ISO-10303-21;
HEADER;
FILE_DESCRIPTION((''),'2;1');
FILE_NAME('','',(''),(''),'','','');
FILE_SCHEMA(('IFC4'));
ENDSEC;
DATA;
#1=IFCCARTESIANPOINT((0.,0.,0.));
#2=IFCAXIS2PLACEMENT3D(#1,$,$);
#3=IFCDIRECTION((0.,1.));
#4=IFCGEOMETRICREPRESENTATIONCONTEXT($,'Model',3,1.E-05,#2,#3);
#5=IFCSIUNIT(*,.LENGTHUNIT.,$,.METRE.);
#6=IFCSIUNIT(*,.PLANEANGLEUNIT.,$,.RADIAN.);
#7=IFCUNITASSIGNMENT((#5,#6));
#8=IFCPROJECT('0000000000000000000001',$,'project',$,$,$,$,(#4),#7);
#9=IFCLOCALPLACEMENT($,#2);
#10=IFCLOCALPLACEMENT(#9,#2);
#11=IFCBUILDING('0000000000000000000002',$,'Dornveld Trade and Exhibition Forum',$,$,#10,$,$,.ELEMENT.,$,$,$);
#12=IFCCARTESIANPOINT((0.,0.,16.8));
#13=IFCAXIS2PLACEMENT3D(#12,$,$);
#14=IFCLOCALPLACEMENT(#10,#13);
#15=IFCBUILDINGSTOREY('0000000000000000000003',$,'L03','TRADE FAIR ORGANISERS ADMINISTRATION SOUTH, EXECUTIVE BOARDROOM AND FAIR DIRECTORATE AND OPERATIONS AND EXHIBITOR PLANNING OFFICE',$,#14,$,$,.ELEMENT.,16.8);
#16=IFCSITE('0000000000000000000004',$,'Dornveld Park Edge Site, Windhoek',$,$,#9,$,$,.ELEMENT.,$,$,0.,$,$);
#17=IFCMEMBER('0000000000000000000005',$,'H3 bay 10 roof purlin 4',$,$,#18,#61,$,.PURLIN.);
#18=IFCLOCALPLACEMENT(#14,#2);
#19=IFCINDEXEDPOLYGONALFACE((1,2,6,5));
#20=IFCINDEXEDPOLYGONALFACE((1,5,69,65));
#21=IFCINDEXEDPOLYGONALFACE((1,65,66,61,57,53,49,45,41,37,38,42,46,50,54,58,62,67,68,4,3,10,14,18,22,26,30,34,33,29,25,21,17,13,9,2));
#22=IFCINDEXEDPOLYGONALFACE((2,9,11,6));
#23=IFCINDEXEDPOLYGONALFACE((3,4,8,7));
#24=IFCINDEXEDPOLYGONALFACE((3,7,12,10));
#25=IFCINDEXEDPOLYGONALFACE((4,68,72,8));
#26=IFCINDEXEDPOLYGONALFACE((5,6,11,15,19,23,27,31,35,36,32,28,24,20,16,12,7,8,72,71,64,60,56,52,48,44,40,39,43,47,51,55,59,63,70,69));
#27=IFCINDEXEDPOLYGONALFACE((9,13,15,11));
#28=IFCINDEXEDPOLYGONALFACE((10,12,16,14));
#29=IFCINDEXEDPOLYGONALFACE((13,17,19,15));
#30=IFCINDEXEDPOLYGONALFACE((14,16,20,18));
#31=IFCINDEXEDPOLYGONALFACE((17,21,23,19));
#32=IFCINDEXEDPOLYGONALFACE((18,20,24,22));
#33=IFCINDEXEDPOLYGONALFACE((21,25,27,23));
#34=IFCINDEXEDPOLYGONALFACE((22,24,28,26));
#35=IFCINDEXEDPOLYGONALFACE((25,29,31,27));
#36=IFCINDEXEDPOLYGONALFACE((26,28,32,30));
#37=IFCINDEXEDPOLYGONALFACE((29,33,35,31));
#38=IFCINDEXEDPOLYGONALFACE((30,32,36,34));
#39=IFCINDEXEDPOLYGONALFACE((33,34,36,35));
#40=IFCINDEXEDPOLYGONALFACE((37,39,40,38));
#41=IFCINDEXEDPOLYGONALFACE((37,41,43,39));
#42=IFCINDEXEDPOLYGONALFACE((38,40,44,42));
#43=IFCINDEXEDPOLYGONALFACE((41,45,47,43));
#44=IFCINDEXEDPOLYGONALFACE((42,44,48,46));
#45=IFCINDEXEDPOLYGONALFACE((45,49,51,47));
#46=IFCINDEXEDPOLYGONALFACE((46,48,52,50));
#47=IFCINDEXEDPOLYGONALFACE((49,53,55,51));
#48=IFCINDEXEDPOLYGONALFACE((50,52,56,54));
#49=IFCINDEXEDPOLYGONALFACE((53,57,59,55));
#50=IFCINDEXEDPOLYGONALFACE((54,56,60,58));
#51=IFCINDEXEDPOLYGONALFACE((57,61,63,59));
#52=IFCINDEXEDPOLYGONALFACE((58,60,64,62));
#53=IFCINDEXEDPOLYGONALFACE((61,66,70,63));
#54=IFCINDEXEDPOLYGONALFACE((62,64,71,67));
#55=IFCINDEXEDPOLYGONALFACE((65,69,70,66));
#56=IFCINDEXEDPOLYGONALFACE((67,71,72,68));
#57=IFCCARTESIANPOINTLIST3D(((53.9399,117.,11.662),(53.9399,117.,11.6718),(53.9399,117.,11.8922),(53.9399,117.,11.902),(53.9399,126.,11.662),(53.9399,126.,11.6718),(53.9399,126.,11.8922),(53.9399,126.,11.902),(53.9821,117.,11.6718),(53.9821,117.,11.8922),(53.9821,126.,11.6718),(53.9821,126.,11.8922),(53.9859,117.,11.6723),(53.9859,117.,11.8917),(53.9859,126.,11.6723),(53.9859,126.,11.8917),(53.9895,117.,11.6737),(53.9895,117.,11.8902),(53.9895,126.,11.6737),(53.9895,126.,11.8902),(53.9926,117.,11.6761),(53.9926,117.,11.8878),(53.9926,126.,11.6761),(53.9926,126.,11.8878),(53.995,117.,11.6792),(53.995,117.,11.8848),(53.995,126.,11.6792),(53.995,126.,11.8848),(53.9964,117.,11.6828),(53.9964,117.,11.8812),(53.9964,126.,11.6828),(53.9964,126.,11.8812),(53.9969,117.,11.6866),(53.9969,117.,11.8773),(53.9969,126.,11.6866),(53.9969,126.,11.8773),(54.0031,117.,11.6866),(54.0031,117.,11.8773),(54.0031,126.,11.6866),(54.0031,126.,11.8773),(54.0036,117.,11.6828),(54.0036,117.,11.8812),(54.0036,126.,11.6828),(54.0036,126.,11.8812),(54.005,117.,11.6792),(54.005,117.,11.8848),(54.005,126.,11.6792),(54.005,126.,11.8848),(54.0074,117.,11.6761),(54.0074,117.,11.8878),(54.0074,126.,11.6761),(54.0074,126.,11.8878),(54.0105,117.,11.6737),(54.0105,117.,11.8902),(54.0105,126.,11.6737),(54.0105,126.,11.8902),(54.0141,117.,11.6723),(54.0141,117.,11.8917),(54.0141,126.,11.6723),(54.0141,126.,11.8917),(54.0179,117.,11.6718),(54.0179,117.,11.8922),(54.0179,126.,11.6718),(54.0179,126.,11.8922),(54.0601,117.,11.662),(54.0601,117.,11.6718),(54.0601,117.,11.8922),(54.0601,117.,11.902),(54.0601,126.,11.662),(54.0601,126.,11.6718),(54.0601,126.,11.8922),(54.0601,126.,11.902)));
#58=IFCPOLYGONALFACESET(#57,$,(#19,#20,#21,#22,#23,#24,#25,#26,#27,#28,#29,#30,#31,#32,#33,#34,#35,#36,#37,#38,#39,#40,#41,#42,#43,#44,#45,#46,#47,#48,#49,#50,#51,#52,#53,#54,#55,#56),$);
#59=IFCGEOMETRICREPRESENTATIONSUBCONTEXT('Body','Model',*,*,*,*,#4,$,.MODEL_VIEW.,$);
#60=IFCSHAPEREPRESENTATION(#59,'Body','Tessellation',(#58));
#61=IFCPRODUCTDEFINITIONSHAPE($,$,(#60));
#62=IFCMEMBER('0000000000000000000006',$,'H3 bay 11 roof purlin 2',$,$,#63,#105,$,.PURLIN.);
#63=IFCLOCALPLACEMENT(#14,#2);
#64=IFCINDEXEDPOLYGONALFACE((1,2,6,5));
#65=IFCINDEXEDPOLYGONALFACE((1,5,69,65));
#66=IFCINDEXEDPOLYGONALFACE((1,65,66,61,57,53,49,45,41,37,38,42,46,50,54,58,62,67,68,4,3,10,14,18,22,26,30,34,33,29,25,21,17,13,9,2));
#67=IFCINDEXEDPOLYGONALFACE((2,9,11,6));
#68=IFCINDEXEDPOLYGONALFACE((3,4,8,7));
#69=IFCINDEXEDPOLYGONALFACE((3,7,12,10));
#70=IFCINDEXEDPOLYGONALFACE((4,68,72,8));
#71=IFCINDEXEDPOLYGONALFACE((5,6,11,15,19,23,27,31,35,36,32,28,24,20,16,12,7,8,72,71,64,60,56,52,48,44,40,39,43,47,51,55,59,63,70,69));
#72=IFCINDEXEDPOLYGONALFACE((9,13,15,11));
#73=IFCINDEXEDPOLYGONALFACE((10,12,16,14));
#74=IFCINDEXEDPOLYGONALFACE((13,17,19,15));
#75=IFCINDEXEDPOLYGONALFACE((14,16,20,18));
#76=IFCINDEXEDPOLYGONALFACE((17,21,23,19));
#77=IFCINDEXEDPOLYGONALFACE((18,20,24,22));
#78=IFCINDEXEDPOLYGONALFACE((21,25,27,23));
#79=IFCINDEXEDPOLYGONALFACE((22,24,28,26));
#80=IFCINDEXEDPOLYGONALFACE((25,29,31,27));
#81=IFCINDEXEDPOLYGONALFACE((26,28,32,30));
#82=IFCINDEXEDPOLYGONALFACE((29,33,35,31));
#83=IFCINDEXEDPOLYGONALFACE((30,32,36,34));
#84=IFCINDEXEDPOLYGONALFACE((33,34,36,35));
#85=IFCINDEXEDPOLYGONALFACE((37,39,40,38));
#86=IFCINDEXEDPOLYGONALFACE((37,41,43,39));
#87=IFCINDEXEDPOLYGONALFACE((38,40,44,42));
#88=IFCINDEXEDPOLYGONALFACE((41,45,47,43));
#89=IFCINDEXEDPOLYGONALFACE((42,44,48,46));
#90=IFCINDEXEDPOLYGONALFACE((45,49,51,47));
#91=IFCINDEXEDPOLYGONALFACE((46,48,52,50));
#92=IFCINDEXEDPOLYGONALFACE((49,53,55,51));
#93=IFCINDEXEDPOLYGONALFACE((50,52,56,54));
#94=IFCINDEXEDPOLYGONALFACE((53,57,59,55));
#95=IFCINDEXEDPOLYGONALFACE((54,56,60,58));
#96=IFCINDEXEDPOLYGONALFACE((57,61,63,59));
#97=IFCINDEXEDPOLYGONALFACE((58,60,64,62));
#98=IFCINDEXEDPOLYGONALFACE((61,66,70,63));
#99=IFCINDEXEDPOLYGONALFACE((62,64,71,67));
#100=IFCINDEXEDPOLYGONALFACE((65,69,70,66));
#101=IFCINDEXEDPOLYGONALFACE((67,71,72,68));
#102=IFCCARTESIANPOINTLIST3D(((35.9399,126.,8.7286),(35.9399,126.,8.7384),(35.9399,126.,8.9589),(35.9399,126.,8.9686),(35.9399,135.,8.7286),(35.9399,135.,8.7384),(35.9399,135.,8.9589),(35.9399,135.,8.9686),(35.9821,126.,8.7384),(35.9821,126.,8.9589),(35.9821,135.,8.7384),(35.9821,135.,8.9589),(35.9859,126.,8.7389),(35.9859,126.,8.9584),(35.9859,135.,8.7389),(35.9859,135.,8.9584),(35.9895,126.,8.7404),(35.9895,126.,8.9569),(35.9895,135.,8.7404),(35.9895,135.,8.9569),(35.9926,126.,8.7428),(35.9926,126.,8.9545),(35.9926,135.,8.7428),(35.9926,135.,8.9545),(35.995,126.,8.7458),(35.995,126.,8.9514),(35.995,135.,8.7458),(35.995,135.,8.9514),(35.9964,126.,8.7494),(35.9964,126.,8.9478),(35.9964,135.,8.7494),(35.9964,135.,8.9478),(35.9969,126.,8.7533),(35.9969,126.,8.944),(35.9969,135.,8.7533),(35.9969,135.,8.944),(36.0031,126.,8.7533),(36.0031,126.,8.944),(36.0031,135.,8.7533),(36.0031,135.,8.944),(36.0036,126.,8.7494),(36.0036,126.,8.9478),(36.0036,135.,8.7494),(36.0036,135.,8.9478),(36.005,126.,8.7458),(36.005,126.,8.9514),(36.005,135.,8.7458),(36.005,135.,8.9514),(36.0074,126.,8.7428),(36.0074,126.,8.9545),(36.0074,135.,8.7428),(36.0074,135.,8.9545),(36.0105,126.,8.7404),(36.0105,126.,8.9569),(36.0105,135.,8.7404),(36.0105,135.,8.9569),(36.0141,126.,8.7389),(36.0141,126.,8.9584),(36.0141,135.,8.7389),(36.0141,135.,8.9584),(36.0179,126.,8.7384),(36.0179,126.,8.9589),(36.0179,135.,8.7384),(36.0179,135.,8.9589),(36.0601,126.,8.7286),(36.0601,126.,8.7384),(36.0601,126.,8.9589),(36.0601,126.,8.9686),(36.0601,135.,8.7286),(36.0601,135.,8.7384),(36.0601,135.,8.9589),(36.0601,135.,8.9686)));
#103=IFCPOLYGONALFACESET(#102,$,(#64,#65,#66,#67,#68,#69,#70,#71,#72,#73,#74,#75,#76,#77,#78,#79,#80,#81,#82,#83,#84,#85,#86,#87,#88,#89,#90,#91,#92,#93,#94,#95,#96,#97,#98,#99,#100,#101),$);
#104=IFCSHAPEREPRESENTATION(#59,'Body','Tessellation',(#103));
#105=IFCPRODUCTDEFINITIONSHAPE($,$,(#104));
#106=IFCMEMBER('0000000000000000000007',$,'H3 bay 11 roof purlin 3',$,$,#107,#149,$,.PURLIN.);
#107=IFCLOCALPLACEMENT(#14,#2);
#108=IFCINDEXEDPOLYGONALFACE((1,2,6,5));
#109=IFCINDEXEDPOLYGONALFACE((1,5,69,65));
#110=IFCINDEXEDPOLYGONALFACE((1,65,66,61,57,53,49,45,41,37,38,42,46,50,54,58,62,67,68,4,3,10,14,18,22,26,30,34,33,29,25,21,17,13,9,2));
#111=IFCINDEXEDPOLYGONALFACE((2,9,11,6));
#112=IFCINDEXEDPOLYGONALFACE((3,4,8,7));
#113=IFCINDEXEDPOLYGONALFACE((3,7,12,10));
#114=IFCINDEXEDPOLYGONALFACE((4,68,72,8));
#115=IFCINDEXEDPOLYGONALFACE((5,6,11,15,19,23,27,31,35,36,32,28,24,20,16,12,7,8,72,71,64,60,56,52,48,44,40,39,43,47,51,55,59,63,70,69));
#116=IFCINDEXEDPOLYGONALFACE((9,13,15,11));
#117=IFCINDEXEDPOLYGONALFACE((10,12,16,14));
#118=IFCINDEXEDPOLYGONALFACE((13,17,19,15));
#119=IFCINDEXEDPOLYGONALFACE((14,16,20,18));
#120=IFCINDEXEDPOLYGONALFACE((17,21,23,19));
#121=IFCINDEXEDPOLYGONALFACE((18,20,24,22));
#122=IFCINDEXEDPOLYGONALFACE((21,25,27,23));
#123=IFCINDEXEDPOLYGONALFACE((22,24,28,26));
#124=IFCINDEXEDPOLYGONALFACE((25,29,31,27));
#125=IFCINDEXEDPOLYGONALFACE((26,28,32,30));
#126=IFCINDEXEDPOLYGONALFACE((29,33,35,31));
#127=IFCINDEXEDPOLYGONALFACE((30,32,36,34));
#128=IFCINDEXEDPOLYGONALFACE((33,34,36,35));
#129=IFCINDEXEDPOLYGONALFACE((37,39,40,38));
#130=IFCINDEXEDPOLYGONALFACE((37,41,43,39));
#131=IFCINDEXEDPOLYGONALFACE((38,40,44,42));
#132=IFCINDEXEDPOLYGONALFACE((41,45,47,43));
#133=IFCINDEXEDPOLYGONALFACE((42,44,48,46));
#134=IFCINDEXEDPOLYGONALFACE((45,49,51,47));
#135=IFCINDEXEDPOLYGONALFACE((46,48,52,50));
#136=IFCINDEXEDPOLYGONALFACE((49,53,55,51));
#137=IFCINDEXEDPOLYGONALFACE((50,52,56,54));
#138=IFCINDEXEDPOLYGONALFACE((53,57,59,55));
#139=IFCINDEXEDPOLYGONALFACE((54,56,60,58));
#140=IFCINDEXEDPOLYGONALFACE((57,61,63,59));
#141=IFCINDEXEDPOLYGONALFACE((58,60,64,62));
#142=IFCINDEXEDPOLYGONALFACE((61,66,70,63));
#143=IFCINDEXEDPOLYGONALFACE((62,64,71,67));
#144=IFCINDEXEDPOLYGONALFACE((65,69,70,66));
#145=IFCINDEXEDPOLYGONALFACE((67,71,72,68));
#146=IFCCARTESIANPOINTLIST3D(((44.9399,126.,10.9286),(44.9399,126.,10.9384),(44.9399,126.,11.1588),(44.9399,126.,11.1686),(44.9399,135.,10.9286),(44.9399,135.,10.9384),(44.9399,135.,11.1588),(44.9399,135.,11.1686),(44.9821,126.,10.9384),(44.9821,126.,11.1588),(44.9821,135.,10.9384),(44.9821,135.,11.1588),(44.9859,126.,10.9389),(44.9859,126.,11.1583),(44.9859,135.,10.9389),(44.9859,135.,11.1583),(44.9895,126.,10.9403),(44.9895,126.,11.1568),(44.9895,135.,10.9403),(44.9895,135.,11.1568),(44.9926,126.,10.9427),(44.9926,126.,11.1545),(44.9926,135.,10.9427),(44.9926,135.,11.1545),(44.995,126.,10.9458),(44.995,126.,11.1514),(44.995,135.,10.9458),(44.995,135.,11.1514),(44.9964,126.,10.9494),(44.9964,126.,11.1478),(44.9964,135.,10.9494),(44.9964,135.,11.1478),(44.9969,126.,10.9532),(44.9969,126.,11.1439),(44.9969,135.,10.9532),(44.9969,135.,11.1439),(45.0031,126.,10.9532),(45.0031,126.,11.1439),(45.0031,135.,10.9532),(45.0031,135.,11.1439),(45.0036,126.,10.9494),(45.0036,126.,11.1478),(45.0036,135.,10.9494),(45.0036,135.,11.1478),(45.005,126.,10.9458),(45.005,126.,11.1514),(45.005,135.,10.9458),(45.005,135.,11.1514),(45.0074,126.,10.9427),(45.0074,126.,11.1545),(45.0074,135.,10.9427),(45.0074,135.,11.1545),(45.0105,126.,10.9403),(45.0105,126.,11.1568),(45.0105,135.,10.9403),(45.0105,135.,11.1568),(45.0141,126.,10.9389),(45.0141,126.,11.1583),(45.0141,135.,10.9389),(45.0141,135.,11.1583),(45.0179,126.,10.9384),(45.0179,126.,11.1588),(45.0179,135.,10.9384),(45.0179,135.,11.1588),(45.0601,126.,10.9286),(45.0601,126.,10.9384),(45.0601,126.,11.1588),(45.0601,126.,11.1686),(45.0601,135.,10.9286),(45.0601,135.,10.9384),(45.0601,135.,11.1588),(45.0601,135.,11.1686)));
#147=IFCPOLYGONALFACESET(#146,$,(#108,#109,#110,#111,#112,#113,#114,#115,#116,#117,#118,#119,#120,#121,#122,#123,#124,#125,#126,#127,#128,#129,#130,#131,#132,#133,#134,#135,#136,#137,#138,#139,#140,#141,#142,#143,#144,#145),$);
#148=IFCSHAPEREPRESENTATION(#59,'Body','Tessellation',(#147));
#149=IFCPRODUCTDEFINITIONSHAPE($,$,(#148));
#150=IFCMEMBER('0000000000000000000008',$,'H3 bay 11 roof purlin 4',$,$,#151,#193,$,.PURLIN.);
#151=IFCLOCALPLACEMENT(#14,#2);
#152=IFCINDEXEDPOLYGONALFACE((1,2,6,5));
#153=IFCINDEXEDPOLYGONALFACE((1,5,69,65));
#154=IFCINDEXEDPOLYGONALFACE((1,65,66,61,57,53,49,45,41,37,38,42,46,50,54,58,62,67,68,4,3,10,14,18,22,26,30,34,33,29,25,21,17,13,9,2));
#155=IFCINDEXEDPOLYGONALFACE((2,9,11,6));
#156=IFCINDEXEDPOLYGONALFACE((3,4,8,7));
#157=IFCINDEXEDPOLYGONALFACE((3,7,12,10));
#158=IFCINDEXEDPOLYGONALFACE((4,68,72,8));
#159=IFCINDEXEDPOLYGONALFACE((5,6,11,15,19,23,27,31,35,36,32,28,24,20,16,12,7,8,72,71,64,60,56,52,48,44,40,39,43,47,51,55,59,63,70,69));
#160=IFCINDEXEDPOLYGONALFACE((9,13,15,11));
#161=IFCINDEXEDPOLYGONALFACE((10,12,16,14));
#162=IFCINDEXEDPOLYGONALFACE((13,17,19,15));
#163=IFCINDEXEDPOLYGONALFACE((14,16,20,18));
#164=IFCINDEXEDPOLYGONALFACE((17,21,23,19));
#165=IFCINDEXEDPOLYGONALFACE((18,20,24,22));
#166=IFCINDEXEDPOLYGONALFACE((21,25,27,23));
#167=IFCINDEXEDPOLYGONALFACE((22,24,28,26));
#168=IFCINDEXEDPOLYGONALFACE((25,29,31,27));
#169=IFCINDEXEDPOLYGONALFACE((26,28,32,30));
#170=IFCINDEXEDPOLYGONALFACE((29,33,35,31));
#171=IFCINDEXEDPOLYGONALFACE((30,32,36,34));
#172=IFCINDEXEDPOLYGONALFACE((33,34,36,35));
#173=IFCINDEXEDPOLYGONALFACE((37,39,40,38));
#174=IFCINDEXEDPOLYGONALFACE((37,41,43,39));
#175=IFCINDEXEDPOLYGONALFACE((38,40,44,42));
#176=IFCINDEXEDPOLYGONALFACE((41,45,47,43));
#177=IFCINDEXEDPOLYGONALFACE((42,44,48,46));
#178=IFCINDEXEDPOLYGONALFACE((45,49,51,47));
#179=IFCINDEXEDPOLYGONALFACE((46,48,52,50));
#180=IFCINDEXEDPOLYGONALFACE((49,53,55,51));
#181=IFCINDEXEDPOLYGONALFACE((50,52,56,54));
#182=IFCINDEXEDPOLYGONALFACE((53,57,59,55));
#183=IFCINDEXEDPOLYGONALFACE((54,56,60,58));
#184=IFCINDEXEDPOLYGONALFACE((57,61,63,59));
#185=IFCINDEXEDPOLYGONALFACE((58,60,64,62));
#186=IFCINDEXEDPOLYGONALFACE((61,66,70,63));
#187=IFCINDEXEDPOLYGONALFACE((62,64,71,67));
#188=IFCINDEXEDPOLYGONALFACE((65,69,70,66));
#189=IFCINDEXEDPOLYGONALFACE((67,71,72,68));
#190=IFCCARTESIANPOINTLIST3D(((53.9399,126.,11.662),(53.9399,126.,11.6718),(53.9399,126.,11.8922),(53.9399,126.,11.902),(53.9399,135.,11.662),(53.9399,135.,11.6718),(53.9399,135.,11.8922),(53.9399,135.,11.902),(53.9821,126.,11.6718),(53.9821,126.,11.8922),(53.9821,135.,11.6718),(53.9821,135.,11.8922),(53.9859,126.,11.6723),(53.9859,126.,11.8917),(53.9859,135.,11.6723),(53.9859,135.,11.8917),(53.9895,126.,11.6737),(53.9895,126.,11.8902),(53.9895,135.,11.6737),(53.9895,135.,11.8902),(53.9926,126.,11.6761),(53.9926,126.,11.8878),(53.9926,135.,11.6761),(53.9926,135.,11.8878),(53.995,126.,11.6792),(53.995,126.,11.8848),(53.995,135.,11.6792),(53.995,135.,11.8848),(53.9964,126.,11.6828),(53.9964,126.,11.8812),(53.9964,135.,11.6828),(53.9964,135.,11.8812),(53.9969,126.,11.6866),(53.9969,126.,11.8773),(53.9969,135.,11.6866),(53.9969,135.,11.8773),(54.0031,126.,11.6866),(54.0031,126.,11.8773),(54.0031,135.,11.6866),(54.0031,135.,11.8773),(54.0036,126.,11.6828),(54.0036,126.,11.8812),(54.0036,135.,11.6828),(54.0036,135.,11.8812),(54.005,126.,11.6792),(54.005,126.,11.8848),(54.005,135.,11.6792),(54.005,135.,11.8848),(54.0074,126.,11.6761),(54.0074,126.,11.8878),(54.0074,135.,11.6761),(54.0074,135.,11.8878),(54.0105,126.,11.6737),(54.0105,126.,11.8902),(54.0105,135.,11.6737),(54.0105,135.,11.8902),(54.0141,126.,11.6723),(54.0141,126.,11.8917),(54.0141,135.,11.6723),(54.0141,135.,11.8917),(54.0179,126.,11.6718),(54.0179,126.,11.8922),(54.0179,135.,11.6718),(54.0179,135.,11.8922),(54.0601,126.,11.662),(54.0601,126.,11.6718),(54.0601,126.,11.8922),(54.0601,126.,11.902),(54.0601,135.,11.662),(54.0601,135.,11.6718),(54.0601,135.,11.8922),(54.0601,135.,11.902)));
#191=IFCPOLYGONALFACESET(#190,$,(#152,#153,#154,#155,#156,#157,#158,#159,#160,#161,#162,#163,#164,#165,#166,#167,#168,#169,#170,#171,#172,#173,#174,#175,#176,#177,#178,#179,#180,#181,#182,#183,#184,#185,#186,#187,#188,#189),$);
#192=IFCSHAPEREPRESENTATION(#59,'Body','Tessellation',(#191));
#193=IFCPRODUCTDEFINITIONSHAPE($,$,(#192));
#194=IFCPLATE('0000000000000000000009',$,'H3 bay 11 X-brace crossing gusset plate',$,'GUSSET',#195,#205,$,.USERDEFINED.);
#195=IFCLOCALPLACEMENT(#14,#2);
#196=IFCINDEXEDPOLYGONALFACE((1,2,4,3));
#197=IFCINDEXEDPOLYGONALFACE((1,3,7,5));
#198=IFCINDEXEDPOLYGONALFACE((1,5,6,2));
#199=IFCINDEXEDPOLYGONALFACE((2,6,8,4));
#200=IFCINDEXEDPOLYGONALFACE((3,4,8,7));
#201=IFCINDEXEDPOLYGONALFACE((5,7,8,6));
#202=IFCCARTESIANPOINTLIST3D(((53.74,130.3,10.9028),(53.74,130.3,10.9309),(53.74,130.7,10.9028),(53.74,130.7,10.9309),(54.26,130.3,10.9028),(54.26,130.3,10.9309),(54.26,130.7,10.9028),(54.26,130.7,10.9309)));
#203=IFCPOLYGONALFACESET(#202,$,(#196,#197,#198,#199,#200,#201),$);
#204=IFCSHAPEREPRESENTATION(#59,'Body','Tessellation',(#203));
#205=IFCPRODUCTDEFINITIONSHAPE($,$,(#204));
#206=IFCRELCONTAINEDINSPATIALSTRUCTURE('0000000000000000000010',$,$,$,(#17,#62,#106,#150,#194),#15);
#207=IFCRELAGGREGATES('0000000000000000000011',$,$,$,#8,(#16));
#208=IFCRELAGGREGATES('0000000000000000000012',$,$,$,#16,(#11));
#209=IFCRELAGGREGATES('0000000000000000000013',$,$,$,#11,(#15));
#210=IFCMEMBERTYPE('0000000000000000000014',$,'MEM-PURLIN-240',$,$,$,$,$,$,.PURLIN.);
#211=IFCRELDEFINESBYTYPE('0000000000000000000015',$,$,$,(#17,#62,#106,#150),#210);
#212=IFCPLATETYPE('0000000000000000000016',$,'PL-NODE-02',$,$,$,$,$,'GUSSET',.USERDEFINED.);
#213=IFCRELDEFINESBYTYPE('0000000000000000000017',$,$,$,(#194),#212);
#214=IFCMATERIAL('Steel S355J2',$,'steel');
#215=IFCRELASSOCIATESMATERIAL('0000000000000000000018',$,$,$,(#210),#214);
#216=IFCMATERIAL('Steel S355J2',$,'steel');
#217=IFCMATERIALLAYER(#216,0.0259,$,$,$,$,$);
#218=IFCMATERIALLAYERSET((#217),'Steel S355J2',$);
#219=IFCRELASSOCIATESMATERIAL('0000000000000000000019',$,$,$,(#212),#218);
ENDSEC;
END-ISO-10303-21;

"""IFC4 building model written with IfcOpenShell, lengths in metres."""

from ifc_helpers import new_model, si_unit, direction, frame, origin, origin_2d, place, context, subcontext, project, spatial, rectangle, i_section, extrude, material, layer, layer_set, material_profile, profile_set, type_object, element, save


model = new_model("IFC4")

# Units and contexts
model_context = context("Model", 3, precision=1e-05, world=origin(), true_north=direction((0.0, 1.0)))
body_context = subcontext(model_context, "Body", "Model", "MODEL_VIEW")
ifc_project = project(units=[si_unit("LENGTHUNIT", "METRE"), si_unit("PLANEANGLEUNIT", "RADIAN")], contexts=[model_context])

# Site, building, storey
site_placement = place(None, origin())
site = spatial("IfcSite", under=ifc_project, at=site_placement, Name="Dornveld Park Edge Site, Windhoek", CompositionType="ELEMENT", RefElevation=0.0)
building_placement = place(site_placement, origin())
building = spatial("IfcBuilding", under=site, at=building_placement, Name="Dornveld Trade and Exhibition Forum", CompositionType="ELEMENT")
storey_placement = place(building_placement, frame((0.0, 0.0, 16.8)))
storey = spatial("IfcBuildingStorey", under=building, at=storey_placement, Name="L03", Description="TRADE FAIR ORGANISERS ADMINISTRATION SOUTH, EXECUTIVE BOARDROOM AND FAIR DIRECTORATE AND OPERATIONS AND EXHIBITOR PLANNING OFFICE", CompositionType="ELEMENT", Elevation=16.8)

# Members
ifc_material_1 = material(Name="Steel S355J2", Category="steel")
ifc_material_profile_1 = material_profile(ifc_material_1, i_section(OverallWidth=0.1201, OverallDepth=0.24, WebThickness=0.0061, FlangeThickness=0.0098, FilletRadius=0.0149, at=origin_2d()), Name="IPE 240")
ifc_profile_set_1 = profile_set([ifc_material_profile_1], Name="Steel S355J2")
member_type_1 = type_object("IfcMemberType", Name="MEM-PURLIN-240", PredefinedType="PURLIN", material=ifc_profile_set_1)
for number, where, z_axis, x_axis, name in (
    (1, (54.0, 117.0, 11.782), (0.0, 1.0, 0.0), (-1.0, 0.0, 0.0), "H3 bay 10 roof purlin 4"),
    (2, (36.0, 126.0, 8.8486), (0.0, 1.0, 0.0), (-1.0, 0.0, 0.0), "H3 bay 11 roof purlin 2"),
    (3, (45.0, 126.0, 11.0486), (0.0, 1.0, 0.0), (-1.0, 0.0, 0.0), "H3 bay 11 roof purlin 3"),
    (4, (54.0, 126.0, 11.782), (0.0, 1.0, 0.0), (-1.0, 0.0, 0.0), "H3 bay 11 roof purlin 4"),
):
    element("IfcMember", number, at=place(storey_placement, frame(where, z_axis=z_axis, x_axis=x_axis)), inside=storey, type_object=member_type_1, Name=name, PredefinedType="PURLIN", context=body_context, shape_type="SweptSolid", body=[
        extrude(i_section(OverallWidth=0.1201, OverallDepth=0.24, WebThickness=0.0061, FlangeThickness=0.0098, FilletRadius=0.0149, at=origin_2d()), origin(), (0.0, 0.0, 1.0), 9.0),
    ])

# Plate
ifc_material_2 = material(Name="Steel S355J2", Category="steel")
ifc_layer = layer(ifc_material_2, 0.0259)
ifc_layer_set = layer_set([ifc_layer], Name="Steel S355J2")
plate_type = type_object("IfcPlateType", Name="PL-NODE-02", ElementType="GUSSET", PredefinedType="USERDEFINED", material=ifc_layer_set)
plate_placement = place(storey_placement, frame((54.0, 130.5, 10.9028), z_axis=(0.0, 0.0, 1.0), x_axis=(1.0, 0.0, 0.0)))
element("IfcPlate", 5, at=plate_placement, inside=storey, type_object=plate_type, Name="H3 bay 11 X-brace crossing gusset plate", ObjectType="GUSSET", PredefinedType="USERDEFINED", context=body_context, shape_type="SweptSolid", body=[
    extrude(rectangle(XDim=0.52, YDim=0.3999, at=origin_2d()), origin(), (0.0, 0.0, 1.0), 0.0281),
])

save(model, "model.ifc")
